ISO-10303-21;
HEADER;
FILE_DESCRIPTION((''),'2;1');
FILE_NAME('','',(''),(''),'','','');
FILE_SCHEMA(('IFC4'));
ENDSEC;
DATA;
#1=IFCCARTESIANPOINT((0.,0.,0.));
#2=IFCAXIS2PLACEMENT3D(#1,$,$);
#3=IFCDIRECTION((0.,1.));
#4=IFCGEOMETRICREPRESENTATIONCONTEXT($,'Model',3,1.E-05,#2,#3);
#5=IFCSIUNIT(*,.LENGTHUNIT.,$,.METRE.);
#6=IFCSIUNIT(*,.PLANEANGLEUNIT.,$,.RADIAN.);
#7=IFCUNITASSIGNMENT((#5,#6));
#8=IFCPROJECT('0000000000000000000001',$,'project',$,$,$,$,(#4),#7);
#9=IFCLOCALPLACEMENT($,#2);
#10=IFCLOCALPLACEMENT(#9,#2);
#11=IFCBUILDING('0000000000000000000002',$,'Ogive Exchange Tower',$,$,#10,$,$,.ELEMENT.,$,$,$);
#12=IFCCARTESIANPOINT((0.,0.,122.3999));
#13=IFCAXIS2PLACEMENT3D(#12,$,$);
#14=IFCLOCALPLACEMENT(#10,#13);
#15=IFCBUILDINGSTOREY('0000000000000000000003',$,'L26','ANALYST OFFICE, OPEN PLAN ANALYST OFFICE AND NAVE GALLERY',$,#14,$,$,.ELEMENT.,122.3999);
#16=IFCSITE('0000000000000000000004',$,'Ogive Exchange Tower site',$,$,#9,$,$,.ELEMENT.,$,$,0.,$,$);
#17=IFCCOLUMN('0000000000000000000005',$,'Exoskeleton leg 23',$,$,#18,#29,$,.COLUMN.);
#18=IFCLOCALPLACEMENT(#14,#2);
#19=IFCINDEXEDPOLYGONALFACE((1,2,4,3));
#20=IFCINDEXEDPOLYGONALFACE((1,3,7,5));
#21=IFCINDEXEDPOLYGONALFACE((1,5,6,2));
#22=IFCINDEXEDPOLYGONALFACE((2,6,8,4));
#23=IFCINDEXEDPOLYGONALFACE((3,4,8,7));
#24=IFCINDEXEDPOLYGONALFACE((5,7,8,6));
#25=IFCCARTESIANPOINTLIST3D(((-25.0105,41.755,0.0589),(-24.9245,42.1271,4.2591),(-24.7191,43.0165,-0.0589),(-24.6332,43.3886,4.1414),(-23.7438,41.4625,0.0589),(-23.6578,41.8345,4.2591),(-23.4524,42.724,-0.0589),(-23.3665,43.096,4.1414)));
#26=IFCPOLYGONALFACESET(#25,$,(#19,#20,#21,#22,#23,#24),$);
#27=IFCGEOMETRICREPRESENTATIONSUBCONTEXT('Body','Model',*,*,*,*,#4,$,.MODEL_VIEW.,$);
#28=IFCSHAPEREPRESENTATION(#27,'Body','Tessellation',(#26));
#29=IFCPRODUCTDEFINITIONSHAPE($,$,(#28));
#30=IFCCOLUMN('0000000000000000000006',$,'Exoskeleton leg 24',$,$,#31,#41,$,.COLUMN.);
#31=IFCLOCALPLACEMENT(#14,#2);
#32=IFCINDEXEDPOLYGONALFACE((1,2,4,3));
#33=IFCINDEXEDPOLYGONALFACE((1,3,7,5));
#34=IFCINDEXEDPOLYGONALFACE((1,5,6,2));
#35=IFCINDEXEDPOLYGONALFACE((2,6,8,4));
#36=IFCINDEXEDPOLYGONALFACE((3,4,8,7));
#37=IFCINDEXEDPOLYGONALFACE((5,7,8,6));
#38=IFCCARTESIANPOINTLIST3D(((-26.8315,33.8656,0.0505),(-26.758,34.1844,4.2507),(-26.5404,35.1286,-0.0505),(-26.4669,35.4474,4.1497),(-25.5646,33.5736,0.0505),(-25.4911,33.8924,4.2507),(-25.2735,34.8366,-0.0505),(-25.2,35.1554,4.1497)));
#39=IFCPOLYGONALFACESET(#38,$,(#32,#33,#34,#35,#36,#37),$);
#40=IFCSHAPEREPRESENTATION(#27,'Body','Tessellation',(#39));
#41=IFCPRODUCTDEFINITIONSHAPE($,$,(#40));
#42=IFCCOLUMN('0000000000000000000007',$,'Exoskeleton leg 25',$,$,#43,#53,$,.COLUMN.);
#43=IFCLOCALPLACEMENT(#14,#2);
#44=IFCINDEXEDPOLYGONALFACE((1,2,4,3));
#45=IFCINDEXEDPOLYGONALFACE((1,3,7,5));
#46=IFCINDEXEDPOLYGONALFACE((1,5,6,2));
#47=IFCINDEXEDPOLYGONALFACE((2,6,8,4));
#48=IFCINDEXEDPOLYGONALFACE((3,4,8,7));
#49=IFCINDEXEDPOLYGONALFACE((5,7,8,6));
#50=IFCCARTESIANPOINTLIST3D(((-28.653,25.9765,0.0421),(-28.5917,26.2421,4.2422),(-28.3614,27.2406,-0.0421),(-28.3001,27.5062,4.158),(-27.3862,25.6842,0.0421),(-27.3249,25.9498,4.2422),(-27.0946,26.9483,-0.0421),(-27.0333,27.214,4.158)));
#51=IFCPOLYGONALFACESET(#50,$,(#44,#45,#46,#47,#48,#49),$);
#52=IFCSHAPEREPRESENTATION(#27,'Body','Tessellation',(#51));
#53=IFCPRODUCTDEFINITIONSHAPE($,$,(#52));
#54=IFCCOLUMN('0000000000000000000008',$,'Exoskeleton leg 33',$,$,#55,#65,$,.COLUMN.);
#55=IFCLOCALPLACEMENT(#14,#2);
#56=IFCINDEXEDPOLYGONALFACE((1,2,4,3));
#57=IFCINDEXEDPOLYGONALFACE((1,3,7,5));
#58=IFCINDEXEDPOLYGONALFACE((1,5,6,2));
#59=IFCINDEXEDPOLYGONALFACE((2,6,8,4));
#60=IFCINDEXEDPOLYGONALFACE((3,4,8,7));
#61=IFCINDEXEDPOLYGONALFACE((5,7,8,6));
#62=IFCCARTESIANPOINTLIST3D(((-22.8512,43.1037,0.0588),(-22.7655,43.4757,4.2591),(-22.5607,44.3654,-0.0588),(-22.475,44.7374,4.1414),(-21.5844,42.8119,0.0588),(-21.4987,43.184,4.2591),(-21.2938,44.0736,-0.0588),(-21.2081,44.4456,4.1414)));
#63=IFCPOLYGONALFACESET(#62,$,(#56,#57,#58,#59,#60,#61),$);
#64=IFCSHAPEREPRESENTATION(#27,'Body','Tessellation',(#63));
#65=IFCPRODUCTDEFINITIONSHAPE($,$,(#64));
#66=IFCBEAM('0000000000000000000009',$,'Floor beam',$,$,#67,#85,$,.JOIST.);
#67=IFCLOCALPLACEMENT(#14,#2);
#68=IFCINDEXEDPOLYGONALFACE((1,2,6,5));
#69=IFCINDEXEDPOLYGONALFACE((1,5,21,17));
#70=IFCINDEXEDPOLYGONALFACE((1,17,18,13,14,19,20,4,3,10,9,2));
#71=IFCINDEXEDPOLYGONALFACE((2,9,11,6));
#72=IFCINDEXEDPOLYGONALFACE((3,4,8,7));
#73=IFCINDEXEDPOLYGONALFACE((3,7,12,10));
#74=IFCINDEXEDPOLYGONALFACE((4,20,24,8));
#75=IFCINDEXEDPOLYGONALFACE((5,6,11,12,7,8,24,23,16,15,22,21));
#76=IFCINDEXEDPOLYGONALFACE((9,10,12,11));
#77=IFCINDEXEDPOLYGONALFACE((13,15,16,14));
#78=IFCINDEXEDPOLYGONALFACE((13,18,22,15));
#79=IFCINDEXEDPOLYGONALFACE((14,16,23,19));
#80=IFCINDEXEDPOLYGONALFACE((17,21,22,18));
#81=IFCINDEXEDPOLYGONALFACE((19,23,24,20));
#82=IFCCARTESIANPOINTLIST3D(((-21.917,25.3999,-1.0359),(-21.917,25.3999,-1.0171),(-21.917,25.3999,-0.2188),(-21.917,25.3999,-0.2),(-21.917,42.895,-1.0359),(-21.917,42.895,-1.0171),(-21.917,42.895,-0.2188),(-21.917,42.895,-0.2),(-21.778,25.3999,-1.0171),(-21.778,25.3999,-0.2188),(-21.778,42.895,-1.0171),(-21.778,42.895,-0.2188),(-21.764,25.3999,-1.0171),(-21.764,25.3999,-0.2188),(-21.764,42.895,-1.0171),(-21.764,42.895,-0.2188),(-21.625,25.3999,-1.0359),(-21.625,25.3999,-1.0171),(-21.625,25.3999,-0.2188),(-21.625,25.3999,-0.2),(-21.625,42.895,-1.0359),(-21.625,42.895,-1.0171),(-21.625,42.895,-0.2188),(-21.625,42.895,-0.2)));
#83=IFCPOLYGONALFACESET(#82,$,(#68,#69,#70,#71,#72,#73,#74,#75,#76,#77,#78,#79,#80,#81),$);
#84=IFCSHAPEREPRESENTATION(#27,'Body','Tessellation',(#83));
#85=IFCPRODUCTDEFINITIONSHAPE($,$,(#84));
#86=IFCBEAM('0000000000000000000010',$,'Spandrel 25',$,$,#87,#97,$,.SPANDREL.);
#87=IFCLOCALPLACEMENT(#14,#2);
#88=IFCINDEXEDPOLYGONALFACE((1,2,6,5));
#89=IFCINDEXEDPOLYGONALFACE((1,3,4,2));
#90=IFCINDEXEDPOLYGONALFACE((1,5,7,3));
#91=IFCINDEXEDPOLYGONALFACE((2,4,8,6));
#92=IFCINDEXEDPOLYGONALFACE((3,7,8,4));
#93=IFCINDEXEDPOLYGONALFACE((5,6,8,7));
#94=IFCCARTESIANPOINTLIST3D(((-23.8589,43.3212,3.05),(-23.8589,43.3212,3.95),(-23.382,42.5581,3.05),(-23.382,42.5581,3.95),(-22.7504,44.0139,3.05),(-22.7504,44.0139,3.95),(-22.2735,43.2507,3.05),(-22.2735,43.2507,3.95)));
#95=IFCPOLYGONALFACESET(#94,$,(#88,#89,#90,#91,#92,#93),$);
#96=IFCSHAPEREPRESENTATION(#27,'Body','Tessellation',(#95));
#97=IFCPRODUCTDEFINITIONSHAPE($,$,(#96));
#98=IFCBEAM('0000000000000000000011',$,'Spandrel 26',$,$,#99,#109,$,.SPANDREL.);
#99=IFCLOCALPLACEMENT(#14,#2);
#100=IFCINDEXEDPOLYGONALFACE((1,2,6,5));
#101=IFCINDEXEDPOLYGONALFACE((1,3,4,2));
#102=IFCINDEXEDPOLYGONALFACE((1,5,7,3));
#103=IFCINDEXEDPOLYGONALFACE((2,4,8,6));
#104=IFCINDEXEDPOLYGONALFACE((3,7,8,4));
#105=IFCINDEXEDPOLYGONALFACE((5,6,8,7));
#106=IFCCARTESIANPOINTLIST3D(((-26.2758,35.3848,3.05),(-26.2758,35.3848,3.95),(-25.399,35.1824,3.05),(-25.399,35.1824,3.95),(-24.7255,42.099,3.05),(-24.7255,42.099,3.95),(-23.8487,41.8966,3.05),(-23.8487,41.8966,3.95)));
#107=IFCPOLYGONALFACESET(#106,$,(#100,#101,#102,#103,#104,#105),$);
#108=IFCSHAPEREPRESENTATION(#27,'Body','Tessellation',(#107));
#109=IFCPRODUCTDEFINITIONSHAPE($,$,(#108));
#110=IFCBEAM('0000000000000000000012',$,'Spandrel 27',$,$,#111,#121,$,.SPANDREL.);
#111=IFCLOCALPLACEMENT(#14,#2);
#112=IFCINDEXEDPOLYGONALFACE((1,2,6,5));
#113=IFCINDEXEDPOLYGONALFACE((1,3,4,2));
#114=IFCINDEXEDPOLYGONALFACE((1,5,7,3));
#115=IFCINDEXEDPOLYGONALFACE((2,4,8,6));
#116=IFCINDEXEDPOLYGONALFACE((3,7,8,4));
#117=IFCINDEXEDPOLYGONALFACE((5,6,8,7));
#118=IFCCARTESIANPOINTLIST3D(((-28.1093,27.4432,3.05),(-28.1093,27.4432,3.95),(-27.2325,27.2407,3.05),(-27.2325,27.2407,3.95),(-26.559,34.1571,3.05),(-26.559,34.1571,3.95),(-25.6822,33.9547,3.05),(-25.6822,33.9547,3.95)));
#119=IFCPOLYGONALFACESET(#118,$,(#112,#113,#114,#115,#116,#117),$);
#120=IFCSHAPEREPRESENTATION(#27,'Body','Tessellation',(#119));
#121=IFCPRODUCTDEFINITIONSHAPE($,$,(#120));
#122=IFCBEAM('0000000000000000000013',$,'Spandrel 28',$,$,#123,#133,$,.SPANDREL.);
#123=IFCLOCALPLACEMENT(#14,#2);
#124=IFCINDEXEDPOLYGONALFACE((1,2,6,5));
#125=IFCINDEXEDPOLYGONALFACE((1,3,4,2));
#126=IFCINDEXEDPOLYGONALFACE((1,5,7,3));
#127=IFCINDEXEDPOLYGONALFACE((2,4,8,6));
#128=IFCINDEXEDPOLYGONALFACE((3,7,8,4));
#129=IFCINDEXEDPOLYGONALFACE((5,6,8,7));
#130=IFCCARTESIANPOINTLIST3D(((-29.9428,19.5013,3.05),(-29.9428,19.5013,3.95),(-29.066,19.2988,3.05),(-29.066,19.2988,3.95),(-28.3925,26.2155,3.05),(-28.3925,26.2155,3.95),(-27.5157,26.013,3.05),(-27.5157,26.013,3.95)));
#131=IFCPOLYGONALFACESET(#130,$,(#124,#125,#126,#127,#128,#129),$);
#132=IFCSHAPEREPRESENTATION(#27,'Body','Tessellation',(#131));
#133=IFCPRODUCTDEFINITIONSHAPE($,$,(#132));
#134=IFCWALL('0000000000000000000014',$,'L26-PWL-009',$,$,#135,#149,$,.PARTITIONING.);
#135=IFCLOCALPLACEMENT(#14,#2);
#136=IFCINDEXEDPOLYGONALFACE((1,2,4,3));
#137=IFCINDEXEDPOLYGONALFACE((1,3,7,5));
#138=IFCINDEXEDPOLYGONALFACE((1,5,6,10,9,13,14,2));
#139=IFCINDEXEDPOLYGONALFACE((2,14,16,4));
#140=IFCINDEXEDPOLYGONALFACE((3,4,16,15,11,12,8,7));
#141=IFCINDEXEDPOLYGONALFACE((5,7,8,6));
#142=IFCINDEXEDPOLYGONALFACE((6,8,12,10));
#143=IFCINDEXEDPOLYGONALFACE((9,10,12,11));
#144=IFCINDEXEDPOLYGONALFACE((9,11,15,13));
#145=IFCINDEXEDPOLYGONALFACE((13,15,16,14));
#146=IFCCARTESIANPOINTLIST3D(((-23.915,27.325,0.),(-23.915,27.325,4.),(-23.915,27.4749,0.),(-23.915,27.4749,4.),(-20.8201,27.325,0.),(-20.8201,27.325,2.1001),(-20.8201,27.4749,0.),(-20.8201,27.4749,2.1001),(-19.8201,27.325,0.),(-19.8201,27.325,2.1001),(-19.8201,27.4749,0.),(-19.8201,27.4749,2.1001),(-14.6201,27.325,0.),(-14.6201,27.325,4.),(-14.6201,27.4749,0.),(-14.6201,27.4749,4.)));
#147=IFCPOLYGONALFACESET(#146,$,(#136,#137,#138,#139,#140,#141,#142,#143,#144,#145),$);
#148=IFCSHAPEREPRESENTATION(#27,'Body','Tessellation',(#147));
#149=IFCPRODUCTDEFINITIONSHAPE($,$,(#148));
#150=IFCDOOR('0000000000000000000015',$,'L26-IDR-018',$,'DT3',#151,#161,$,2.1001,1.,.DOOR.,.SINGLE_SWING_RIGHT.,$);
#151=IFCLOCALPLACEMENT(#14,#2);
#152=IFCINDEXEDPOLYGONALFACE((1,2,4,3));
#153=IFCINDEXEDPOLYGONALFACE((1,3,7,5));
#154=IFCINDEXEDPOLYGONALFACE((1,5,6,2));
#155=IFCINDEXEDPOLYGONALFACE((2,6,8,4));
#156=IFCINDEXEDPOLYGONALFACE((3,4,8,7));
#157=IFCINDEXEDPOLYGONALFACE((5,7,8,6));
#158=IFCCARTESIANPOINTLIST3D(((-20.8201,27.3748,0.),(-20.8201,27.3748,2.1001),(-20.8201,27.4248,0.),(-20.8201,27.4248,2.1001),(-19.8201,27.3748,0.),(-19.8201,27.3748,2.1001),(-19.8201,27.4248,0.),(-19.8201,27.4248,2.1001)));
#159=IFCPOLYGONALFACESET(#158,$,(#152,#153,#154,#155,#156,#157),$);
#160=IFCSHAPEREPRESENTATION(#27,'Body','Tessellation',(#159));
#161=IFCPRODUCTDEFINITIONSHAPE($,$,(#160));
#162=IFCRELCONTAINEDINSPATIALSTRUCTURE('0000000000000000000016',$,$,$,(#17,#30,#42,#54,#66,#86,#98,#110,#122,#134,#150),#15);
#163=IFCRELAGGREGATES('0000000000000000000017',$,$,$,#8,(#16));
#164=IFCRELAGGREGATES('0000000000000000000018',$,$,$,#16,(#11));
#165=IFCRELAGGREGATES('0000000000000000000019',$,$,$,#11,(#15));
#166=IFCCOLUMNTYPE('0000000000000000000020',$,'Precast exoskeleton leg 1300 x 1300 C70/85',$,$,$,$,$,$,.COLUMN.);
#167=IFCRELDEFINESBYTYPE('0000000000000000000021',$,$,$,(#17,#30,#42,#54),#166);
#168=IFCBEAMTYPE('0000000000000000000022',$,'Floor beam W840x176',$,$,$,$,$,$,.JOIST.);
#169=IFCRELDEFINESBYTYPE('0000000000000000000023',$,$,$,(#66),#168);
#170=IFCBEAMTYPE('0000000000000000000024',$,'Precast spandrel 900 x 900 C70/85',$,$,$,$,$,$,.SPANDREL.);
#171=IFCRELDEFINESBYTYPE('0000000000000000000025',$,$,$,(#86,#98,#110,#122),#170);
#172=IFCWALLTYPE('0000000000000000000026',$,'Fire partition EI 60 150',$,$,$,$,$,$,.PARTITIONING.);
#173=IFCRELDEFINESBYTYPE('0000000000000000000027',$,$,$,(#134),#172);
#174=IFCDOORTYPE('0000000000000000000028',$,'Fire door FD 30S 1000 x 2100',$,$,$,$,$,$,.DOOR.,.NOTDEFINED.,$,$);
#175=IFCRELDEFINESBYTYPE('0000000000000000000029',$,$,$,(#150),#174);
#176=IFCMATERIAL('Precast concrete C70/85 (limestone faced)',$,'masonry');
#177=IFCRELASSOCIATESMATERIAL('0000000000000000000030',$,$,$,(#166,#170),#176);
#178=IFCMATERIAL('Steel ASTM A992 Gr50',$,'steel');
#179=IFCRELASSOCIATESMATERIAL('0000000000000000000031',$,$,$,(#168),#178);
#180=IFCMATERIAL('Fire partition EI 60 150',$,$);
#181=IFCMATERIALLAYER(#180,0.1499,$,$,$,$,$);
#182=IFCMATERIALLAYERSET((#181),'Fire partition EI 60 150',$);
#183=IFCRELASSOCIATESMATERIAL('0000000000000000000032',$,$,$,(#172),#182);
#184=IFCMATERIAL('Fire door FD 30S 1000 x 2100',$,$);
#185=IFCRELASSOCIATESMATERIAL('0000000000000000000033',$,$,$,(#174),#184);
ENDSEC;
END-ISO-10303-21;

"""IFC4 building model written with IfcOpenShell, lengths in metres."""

from ifc_helpers import new_model, si_unit, direction, frame, frame_2d, origin, origin_2d, place, context, subcontext, project, spatial, rectangle, i_section, extrude, material, layer, layer_set, material_profile, profile_set, type_object, element, fill, save


model = new_model("IFC4")

# Units and contexts
model_context = context("Model", 3, precision=1e-05, world=origin(), true_north=direction((0.0, 1.0)))
body_context = subcontext(model_context, "Body", "Model", "MODEL_VIEW")
ifc_project = project(units=[si_unit("LENGTHUNIT", "METRE"), si_unit("PLANEANGLEUNIT", "RADIAN")], contexts=[model_context])

# Site, building, storey
site_placement = place(None, origin())
site = spatial("IfcSite", under=ifc_project, at=site_placement, Name="Ogive Exchange Tower site", CompositionType="ELEMENT", RefElevation=0.0)
building_placement = place(site_placement, origin())
building = spatial("IfcBuilding", under=site, at=building_placement, Name="Ogive Exchange Tower", CompositionType="ELEMENT")
storey_placement = place(building_placement, frame((0.0, 0.0, 122.3999)))
storey = spatial("IfcBuildingStorey", under=building, at=storey_placement, Name="L26", Description="ANALYST OFFICE, OPEN PLAN ANALYST OFFICE AND NAVE GALLERY", CompositionType="ELEMENT", Elevation=122.3999)

# Columns
ifc_material_1 = material(Name="Precast concrete C70/85 (limestone faced)", Category="masonry")
ifc_material_profile_1 = material_profile(ifc_material_1, rectangle(XDim=1.3, YDim=1.3, at=origin_2d()), Name="1300 x 1300")
ifc_profile_set_1 = profile_set([ifc_material_profile_1], Name="Precast concrete C70/85 (limestone faced)")
column_type = type_object("IfcColumnType", Name="Precast exoskeleton leg 1300 x 1300 C70/85", PredefinedType="COLUMN", material=ifc_profile_set_1)
column_1_placement = place(storey_placement, frame((-24.2314, 42.2395, 0.0), z_axis=(0.020376, 0.08822, 0.995893), x_axis=(-0.974348, 0.225046, 0.0)))
element("IfcColumn", 1, at=column_1_placement, inside=storey, type_object=column_type, Name="Exoskeleton leg 23", PredefinedType="COLUMN", context=body_context, shape_type="SweptSolid", body=[
    extrude(rectangle(XDim=1.3, YDim=1.3, at=origin_2d()), origin(), (0.0, 0.0, 1.0), 4.2175),
])
column_2_placement = place(storey_placement, frame((-26.0525, 34.3511, 0.0), z_axis=(0.017443, 0.075683, 0.996979), x_axis=(-0.974454, 0.224587, 0.0)))
element("IfcColumn", 2, at=column_2_placement, inside=storey, type_object=column_type, Name="Exoskeleton leg 24", PredefinedType="COLUMN", context=body_context, shape_type="SweptSolid", body=[
    extrude(rectangle(XDim=1.3, YDim=1.3, at=origin_2d()), origin(), (0.0, 0.0, 1.0), 4.2129),
])
column_3_placement = place(storey_placement, frame((-27.8738, 26.4624, 0.0), z_axis=(0.014559, 0.063108, 0.9979), x_axis=(-0.974406, 0.224794, 0.0)))
element("IfcColumn", 3, at=column_3_placement, inside=storey, type_object=column_type, Name="Exoskeleton leg 25", PredefinedType="COLUMN", context=body_context, shape_type="SweptSolid", body=[
    extrude(rectangle(XDim=1.3, YDim=1.3, at=origin_2d()), origin(), (0.0, 0.0, 1.0), 4.209),
])
column_4_placement = place(storey_placement, frame((-22.0725, 43.5886, 0.0), z_axis=(0.020318, 0.08822, 0.995894), x_axis=(-0.974488, 0.224439, 0.0)))
element("IfcColumn", 4, at=column_4_placement, inside=storey, type_object=column_type, Name="Exoskeleton leg 33", PredefinedType="COLUMN", context=body_context, shape_type="SweptSolid", body=[
    extrude(rectangle(XDim=1.3, YDim=1.3, at=origin_2d()), origin(), (0.0, 0.0, 1.0), 4.2175),
])

# Beams
ifc_material_2 = material(Name="Steel ASTM A992 Gr50", Category="steel")
ifc_material_profile_2 = material_profile(ifc_material_2, i_section(OverallWidth=0.292, OverallDepth=0.8359, WebThickness=0.0139, FlangeThickness=0.0188, at=origin_2d()), Name="W840x176")
ifc_profile_set_2 = profile_set([ifc_material_profile_2], Name="Steel ASTM A992 Gr50")
beam_type_1 = type_object("IfcBeamType", Name="Floor beam W840x176", PredefinedType="JOIST", material=ifc_profile_set_2)
beam_1_placement = place(storey_placement, frame((-21.771, 25.3999, -0.6179), z_axis=(0.0, 1.0, 0.0), x_axis=(-1.0, 0.0, 0.0)))
element("IfcBeam", 5, at=beam_1_placement, inside=storey, type_object=beam_type_1, Name="Floor beam", PredefinedType="JOIST", context=body_context, shape_type="SweptSolid", body=[
    extrude(i_section(OverallWidth=0.292, OverallDepth=0.8359, WebThickness=0.0139, FlangeThickness=0.0188, at=origin_2d()), origin(), (0.0, 0.0, 1.0), 17.4951),
])
ifc_material_profile_3 = material_profile(ifc_material_1, rectangle(XDim=0.8999, YDim=0.8999, at=origin_2d()), Name="900 x 900")
ifc_profile_set_3 = profile_set([ifc_material_profile_3], Name="Precast concrete C70/85 (limestone faced)")
beam_type_2 = type_object("IfcBeamType", Name="Precast spandrel 900 x 900 C70/85", PredefinedType="SPANDREL", material=ifc_profile_set_3)
beam_2_placement = place(storey_placement, frame((-22.512, 43.6323, 3.5), z_axis=(-0.84804, -0.529932, 0.0), x_axis=(0.529932, -0.84804, 0.0)))
element("IfcBeam", 6, at=beam_2_placement, inside=storey, type_object=beam_type_2, Name="Spandrel 25", PredefinedType="SPANDREL", context=body_context, shape_type="SweptSolid", body=[
    extrude(rectangle(XDim=0.8999, YDim=0.8999, at=origin_2d()), origin(), (0.0, 0.0, 1.0), 1.3071),
])
beam_3_placement = place(storey_placement, frame((-24.2871, 41.9978, 3.5), z_axis=(-0.224981, -0.974363, 0.0), x_axis=(0.974363, -0.224981, 0.0)))
element("IfcBeam", 7, at=beam_3_placement, inside=storey, type_object=beam_type_2, Name="Spandrel 26", PredefinedType="SPANDREL", context=body_context, shape_type="SweptSolid", body=[
    extrude(rectangle(XDim=0.8999, YDim=0.8999, at=origin_2d()), origin(), (0.0, 0.0, 1.0), 6.8909),
])
beam_4_placement = place(storey_placement, frame((-26.1206, 34.0559, 3.5), z_axis=(-0.224989, -0.974361, 0.0), x_axis=(0.974361, -0.224989, 0.0)))
element("IfcBeam", 8, at=beam_4_placement, inside=storey, type_object=beam_type_2, Name="Spandrel 27", PredefinedType="SPANDREL", context=body_context, shape_type="SweptSolid", body=[
    extrude(rectangle(XDim=0.8999, YDim=0.8999, at=origin_2d()), origin(), (0.0, 0.0, 1.0), 6.8906),
])
beam_5_placement = place(storey_placement, frame((-27.9541, 26.1143, 3.5), z_axis=(-0.224981, -0.974363, 0.0), x_axis=(0.974363, -0.224981, 0.0)))
element("IfcBeam", 9, at=beam_5_placement, inside=storey, type_object=beam_type_2, Name="Spandrel 28", PredefinedType="SPANDREL", context=body_context, shape_type="SweptSolid", body=[
    extrude(rectangle(XDim=0.8999, YDim=0.8999, at=origin_2d()), origin(), (0.0, 0.0, 1.0), 6.8909),
])

# Wall, opening, door
ifc_material_3 = material(Name="Fire partition EI 60 150")
ifc_layer_1 = layer(ifc_material_3, 0.1499)
ifc_layer_set_1 = layer_set([ifc_layer_1], Name="Fire partition EI 60 150")
wall_type_1 = type_object("IfcWallType", Name="Fire partition EI 60 150", PredefinedType="PARTITIONING", material=ifc_layer_set_1)
wall_1_placement = place(storey_placement, frame((-23.915, 27.3999, 0.0), z_axis=(0.0, 0.0, 1.0), x_axis=(1.0, 0.0, 0.0)))
wall_1 = element("IfcWall", 10, at=wall_1_placement, inside=storey, type_object=wall_type_1, Name="L26-PWL-009", PredefinedType="PARTITIONING", context=body_context, shape_type="SweptSolid", body=[
    extrude(rectangle(XDim=9.2949, YDim=0.1499, at=frame_2d((4.6475, 0.0))), origin(), (0.0, 0.0, 1.0), 4.0),
])
opening_1_placement = place(wall_1_placement, frame((3.095, 0.0, 0.0)))
opening_1 = element("IfcOpeningElement", 11, at=opening_1_placement, cuts=wall_1, PredefinedType="OPENING", context=body_context, shape_type="SweptSolid", body=[
    extrude(rectangle(XDim=1.0, YDim=2.1001, at=frame_2d((0.5, 1.05))), frame((0.0, 0.085, 0.0), z_axis=(0.0, -1.0, 0.0), x_axis=(1.0, 0.0, 0.0)), (0.0, 0.0, 1.0), 0.1699),
])
ifc_material_4 = material(Name="Fire door FD 30S 1000 x 2100")
door_type_1 = type_object("IfcDoorType", Name="Fire door FD 30S 1000 x 2100", OperationType="NOTDEFINED", PredefinedType="DOOR", material=ifc_material_4)
door_1_placement = place(opening_1_placement, origin())
door_1 = element("IfcDoor", 12, at=door_1_placement, inside=storey, type_object=door_type_1, Name="L26-IDR-018", ObjectType="DT3", OperationType="SINGLE_SWING_RIGHT", OverallHeight=2.1001, OverallWidth=1.0, PredefinedType="DOOR", context=body_context, shape_type="SweptSolid", body=[
    extrude(rectangle(XDim=1.0, YDim=2.1001, at=frame_2d((0.5, 1.05))), frame((0.0, 0.0249, 0.0), z_axis=(0.0, -1.0, 0.0), x_axis=(1.0, 0.0, 0.0)), (0.0, 0.0, 1.0), 0.05),
])
fill(opening_1, door_1)

save(model, "model.ifc")
